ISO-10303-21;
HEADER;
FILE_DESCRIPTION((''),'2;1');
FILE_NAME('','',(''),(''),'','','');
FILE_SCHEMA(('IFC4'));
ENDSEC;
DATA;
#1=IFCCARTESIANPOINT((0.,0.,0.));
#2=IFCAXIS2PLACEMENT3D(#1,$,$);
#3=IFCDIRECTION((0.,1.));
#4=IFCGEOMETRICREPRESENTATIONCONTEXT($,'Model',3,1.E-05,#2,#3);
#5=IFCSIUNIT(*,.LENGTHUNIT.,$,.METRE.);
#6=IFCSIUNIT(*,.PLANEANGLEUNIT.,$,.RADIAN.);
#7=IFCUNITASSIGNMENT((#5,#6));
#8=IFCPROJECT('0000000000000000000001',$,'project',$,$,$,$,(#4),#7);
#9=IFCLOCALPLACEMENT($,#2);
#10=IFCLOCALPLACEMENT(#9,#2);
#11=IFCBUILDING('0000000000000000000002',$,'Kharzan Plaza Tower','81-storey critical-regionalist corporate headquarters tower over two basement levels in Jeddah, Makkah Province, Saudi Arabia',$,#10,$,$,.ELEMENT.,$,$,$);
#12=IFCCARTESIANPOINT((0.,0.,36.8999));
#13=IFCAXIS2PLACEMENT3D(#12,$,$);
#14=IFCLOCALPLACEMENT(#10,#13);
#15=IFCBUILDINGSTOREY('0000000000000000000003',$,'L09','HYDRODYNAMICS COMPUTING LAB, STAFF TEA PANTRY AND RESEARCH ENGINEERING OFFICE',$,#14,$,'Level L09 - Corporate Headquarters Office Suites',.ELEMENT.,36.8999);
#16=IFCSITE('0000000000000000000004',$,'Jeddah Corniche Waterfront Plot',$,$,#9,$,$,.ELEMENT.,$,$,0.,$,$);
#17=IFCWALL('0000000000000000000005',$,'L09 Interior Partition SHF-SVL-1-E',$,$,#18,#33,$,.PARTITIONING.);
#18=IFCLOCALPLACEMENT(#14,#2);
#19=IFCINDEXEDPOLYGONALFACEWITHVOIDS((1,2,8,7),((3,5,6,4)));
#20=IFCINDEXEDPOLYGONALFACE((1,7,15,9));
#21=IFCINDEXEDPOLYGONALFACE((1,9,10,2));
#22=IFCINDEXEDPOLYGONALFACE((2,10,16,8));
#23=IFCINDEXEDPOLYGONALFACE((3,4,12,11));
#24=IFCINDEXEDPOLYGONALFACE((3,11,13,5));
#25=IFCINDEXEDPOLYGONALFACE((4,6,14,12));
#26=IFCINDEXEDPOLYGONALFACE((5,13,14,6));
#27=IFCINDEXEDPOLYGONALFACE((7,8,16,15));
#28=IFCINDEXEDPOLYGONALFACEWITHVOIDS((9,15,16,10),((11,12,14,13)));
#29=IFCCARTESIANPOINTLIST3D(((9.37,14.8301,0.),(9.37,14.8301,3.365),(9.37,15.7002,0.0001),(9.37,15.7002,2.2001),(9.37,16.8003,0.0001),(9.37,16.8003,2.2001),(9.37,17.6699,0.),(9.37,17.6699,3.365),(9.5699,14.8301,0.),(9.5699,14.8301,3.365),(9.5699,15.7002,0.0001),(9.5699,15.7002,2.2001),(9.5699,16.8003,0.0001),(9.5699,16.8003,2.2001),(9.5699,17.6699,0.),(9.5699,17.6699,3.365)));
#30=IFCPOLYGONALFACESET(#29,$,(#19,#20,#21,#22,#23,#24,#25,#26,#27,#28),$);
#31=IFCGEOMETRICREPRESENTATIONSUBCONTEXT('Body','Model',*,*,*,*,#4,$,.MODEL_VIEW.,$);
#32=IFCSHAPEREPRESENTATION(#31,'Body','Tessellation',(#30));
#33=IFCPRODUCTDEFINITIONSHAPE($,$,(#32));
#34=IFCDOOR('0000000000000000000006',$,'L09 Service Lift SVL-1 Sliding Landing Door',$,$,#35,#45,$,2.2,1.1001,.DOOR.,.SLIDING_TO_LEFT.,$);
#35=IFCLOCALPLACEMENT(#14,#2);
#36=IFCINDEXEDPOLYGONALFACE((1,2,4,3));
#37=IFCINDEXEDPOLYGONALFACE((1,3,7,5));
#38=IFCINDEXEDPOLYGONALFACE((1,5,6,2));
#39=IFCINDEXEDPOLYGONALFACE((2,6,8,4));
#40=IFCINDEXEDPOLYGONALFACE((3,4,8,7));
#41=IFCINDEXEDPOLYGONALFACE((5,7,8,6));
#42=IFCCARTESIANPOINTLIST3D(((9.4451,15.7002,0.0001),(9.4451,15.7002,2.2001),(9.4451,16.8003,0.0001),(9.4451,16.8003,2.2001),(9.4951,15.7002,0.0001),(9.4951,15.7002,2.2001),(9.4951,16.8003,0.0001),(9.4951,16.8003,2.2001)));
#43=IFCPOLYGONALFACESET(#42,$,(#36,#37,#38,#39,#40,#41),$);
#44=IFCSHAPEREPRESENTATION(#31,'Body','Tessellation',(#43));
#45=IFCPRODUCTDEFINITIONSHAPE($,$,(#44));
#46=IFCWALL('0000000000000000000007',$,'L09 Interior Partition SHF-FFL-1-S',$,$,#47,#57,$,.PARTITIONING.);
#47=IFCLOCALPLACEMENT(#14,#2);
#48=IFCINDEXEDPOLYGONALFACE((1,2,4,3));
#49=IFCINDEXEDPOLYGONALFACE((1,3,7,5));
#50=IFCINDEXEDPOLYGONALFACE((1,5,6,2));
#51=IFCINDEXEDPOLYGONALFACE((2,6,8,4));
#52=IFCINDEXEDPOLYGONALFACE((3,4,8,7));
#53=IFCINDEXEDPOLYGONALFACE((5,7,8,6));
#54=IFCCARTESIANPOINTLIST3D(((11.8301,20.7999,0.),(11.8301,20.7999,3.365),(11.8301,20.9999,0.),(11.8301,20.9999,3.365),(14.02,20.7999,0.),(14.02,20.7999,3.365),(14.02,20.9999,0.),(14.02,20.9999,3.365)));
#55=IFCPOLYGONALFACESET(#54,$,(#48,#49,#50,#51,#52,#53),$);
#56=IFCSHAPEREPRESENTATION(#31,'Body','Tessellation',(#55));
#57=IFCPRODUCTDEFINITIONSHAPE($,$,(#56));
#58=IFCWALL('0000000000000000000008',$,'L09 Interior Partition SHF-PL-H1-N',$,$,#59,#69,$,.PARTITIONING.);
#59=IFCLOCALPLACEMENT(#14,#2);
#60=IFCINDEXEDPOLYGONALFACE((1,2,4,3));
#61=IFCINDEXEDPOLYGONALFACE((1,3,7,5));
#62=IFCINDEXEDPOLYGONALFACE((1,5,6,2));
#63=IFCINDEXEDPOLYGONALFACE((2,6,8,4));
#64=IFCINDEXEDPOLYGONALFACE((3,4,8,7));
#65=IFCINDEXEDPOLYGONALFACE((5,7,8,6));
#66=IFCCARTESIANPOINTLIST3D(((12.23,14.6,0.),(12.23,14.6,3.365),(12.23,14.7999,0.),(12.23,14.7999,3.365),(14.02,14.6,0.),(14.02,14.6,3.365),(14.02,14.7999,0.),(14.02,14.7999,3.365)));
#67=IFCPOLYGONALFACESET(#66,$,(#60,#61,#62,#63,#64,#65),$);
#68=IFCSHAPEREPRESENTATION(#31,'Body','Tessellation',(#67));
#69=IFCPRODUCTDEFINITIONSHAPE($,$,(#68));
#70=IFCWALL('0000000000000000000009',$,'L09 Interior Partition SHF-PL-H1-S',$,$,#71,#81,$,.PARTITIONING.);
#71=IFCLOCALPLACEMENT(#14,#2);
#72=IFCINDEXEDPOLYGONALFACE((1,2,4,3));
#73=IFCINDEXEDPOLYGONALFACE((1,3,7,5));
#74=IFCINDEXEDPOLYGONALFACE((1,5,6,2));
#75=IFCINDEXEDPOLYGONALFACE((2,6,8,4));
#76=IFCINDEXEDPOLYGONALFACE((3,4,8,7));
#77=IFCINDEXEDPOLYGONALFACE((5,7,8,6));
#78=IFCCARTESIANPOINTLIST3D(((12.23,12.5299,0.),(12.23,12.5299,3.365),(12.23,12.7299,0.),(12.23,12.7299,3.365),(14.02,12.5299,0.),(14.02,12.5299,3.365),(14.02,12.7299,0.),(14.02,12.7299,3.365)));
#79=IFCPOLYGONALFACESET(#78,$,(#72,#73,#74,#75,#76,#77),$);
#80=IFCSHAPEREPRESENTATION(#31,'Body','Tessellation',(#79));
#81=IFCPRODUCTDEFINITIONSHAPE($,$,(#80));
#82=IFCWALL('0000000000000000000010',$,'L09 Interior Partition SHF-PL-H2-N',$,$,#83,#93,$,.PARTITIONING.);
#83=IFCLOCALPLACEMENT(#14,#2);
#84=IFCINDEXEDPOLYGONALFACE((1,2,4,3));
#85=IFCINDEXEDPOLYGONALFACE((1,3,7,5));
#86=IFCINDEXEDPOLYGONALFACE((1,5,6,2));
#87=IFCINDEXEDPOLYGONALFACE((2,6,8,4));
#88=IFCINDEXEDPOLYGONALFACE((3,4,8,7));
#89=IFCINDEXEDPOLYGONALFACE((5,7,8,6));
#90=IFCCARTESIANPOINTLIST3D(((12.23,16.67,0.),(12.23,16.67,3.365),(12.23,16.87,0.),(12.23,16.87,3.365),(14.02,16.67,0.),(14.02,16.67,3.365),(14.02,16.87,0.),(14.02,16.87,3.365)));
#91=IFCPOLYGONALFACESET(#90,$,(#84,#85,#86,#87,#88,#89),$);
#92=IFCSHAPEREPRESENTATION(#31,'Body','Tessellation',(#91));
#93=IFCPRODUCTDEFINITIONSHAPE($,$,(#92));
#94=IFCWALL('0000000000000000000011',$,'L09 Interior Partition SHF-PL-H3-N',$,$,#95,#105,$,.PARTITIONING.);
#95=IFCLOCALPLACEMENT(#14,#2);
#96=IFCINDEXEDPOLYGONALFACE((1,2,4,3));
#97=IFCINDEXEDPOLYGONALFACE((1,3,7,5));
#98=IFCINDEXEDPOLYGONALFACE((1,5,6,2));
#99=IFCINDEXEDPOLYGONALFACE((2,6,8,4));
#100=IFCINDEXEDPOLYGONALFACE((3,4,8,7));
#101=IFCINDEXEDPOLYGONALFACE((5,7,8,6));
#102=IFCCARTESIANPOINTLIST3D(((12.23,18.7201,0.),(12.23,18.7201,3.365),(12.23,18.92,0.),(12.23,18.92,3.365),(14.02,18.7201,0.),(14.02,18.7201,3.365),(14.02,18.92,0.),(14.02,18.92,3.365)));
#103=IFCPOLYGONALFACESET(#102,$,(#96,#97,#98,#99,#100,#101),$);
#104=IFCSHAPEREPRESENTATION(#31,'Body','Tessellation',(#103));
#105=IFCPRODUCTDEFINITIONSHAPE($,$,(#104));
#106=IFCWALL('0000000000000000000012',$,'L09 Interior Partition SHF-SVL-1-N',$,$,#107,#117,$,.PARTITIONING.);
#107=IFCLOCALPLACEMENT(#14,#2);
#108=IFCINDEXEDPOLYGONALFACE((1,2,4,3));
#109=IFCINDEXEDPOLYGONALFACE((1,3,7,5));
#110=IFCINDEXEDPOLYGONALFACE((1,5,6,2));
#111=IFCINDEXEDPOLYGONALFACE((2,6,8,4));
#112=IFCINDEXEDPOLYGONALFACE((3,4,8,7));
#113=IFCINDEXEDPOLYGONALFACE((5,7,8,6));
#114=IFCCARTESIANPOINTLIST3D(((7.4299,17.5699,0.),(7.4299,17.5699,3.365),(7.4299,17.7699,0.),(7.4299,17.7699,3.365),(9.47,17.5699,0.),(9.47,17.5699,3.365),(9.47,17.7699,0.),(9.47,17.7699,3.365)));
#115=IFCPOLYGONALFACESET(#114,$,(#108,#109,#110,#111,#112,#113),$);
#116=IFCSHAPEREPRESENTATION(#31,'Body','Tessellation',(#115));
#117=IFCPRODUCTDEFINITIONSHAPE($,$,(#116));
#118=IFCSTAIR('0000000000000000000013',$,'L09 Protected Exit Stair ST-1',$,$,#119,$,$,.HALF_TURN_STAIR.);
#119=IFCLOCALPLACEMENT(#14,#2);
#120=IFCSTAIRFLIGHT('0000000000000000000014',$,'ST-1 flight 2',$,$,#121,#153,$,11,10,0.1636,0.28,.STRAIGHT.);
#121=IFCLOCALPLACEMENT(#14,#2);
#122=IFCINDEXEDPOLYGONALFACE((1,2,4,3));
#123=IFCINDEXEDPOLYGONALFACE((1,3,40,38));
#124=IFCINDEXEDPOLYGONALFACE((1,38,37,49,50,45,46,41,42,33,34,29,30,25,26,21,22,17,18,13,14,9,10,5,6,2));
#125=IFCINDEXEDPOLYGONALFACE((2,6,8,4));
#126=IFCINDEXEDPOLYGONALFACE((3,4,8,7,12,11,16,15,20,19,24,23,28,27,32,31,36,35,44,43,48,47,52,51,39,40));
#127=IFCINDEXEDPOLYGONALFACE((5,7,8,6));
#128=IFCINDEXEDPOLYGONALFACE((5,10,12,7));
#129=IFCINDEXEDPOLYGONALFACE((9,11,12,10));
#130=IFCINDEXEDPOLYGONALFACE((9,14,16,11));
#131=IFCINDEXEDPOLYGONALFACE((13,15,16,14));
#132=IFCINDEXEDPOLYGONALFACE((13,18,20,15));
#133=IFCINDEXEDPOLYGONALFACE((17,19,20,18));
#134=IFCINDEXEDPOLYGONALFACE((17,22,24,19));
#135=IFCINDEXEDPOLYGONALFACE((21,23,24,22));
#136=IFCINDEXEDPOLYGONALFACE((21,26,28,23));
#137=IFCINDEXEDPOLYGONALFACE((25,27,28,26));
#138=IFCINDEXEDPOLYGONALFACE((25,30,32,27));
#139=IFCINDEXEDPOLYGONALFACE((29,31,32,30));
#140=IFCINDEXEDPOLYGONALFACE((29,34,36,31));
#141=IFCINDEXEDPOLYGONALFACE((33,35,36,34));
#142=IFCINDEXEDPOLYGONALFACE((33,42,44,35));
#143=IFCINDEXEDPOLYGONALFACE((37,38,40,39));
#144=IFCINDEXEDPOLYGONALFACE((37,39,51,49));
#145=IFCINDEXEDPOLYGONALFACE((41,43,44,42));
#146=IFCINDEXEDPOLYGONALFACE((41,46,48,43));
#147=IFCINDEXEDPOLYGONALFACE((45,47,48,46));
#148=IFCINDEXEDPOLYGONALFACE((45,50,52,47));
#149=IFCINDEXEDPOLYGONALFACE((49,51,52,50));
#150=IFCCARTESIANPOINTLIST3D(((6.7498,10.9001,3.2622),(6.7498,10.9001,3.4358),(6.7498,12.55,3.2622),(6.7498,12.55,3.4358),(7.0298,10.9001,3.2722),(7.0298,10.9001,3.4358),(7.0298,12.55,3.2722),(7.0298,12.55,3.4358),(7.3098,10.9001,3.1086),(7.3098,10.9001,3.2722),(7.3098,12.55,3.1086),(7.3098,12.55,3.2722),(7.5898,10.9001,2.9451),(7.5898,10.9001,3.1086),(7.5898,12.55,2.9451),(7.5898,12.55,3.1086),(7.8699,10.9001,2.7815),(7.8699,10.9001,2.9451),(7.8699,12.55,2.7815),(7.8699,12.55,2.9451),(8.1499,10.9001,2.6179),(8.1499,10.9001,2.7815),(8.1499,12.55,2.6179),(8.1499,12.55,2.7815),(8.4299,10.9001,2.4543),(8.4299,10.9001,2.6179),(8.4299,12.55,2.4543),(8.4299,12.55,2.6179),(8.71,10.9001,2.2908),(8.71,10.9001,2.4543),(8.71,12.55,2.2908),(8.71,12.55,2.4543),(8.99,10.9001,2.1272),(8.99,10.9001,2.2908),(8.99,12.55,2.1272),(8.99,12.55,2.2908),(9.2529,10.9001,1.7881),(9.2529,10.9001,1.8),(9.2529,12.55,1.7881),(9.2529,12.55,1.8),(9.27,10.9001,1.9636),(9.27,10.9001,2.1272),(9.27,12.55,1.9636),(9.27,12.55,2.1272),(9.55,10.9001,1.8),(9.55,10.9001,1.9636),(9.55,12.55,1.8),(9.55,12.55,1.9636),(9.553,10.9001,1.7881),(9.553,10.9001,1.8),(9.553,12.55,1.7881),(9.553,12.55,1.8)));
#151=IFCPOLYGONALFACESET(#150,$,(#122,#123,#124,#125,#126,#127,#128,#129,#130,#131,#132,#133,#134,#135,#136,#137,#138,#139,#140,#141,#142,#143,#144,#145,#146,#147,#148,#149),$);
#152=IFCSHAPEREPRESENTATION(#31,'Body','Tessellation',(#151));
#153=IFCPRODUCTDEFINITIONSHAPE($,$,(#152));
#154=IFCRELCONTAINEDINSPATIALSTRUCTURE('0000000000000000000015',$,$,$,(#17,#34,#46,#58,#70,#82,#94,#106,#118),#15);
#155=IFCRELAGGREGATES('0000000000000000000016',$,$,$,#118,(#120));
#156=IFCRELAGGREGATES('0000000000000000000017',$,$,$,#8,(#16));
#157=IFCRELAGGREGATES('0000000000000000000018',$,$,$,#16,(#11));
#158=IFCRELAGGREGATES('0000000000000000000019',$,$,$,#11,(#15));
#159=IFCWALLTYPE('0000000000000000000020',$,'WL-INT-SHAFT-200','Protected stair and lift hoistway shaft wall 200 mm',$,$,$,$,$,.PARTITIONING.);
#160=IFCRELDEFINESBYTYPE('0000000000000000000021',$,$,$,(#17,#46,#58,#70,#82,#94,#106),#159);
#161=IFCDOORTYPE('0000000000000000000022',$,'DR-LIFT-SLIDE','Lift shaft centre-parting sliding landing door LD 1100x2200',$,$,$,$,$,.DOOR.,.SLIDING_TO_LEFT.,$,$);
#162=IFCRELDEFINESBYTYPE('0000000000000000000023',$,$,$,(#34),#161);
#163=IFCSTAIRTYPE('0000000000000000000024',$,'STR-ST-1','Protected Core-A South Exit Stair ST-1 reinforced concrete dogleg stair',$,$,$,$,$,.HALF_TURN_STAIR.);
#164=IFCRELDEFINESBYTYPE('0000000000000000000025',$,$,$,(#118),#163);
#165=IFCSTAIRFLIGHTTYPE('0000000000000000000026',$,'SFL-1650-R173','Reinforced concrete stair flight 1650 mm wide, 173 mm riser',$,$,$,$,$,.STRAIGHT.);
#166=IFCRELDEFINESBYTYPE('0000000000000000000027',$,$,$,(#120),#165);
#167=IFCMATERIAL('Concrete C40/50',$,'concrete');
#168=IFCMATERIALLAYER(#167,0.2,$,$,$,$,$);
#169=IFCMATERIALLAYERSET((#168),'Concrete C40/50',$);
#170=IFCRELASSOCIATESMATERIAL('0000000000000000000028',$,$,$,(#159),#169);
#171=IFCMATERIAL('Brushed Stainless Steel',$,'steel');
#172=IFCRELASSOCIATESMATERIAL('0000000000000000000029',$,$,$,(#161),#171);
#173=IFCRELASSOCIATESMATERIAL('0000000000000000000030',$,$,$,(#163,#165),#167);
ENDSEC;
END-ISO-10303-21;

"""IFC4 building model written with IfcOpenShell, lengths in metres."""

from ifc_helpers import new_model, si_unit, direction, frame, frame_2d, origin, place, context, subcontext, project, spatial, polyline, rectangle, outline, extrude, source, transform, mapped, material, layer, layer_set, type_object, element, fill, aggregate, save


model = new_model("IFC4")

# Units and contexts
model_context = context("Model", 3, precision=1e-05, world=origin(), true_north=direction((0.0, 1.0)))
body_context = subcontext(model_context, "Body", "Model", "MODEL_VIEW")
ifc_project = project(units=[si_unit("LENGTHUNIT", "METRE"), si_unit("PLANEANGLEUNIT", "RADIAN")], contexts=[model_context])

# Site, building, storey
site_placement = place(None, origin())
site = spatial("IfcSite", under=ifc_project, at=site_placement, Name="Jeddah Corniche Waterfront Plot", CompositionType="ELEMENT", RefElevation=0.0)
building_placement = place(site_placement, origin())
building = spatial("IfcBuilding", under=site, at=building_placement, Name="Kharzan Plaza Tower", Description="81-storey critical-regionalist corporate headquarters tower over two basement levels in Jeddah, Makkah Province, Saudi Arabia", CompositionType="ELEMENT")
storey_placement = place(building_placement, frame((0.0, 0.0, 36.8999)))
storey = spatial("IfcBuildingStorey", under=building, at=storey_placement, Name="L09", Description="HYDRODYNAMICS COMPUTING LAB, STAFF TEA PANTRY AND RESEARCH ENGINEERING OFFICE", LongName="Level L09 - Corporate Headquarters Office Suites", CompositionType="ELEMENT", Elevation=36.8999)

# Wall, opening, door
ifc_material_1 = material(Name="Concrete C40/50", Category="concrete")
ifc_layer_1 = layer(ifc_material_1, 0.2)
ifc_layer_set_1 = layer_set([ifc_layer_1], Name="Concrete C40/50")
wall_type = type_object("IfcWallType", Name="WL-INT-SHAFT-200", Description="Protected stair and lift hoistway shaft wall 200 mm", PredefinedType="PARTITIONING", material=ifc_layer_set_1)
ifc_material_2 = material(Name="Brushed Stainless Steel", Category="steel")
door_type = type_object("IfcDoorType", Name="DR-LIFT-SLIDE", Description="Lift shaft centre-parting sliding landing door LD 1100x2200", OperationType="SLIDING_TO_LEFT", PredefinedType="DOOR", material=ifc_material_2)
shared_shape_1 = source(origin(), body_context, "Body", "SweptSolid", [
    extrude(rectangle(XDim=1.1001, YDim=2.2, at=frame_2d((0.55, 1.1001))), frame((0.0, 0.0249, 0.0), z_axis=(0.0, -1.0, 0.0), x_axis=(1.0, 0.0, 0.0)), (0.0, 0.0, 1.0), 0.05),
])
wall_1_placement = place(storey_placement, frame((9.47, 14.8301, 0.0), z_axis=(0.0, 0.0, 1.0), x_axis=(0.0, 1.0, 0.0)))
wall_1 = element("IfcWall", 1, at=wall_1_placement, inside=storey, type_object=wall_type, Name="L09 Interior Partition SHF-SVL-1-E", PredefinedType="PARTITIONING", context=body_context, shape_type="SweptSolid", body=[
    extrude(rectangle(XDim=2.8398, YDim=0.2, at=frame_2d((1.4199, 0.0))), origin(), (0.0, 0.0, 1.0), 3.365),
])
opening_1_placement = place(wall_1_placement, frame((0.8701, 0.0, 0.0)))
opening_1 = element("IfcOpeningElement", 2, at=opening_1_placement, cuts=wall_1, PredefinedType="OPENING", context=body_context, shape_type="SweptSolid", body=[
    extrude(rectangle(XDim=1.1001, YDim=2.2, at=frame_2d((0.55, 1.1001))), frame((0.0, 0.1099, 0.0), z_axis=(0.0, -1.0, 0.0), x_axis=(1.0, 0.0, 0.0)), (0.0, 0.0, 1.0), 0.22),
])
door_1_placement = place(opening_1_placement, origin())
door_1 = element("IfcDoor", 3, at=door_1_placement, inside=storey, type_object=door_type, Name="L09 Service Lift SVL-1 Sliding Landing Door", OperationType="SLIDING_TO_LEFT", OverallHeight=2.2, OverallWidth=1.1001, PredefinedType="DOOR", context=body_context, shape_type="MappedRepresentation", body=[
    mapped(shared_shape_1, transform((0.0, 0.0, 0.0), x_axis=(1.0, 0.0, 0.0), y_axis=(0.0, 1.0, 0.0), z_axis=(0.0, 0.0, 1.0))),
])
fill(opening_1, door_1)

# Walls
shared_shape_2 = source(origin(), body_context, "Body", "SweptSolid", [
    extrude(rectangle(XDim=2.1899, YDim=0.2, at=frame_2d((1.095, 0.0))), origin(), (0.0, 0.0, 1.0), 3.365),
])
wall_2_placement = place(storey_placement, frame((11.8301, 20.8999, 0.0), z_axis=(0.0, 0.0, 1.0), x_axis=(1.0, 0.0, 0.0)))
element("IfcWall", 4, at=wall_2_placement, inside=storey, type_object=wall_type, Name="L09 Interior Partition SHF-FFL-1-S", PredefinedType="PARTITIONING", context=body_context, shape_type="MappedRepresentation", body=[
    mapped(shared_shape_2, transform((0.0, 0.0, 0.0), x_axis=(1.0, 0.0, 0.0), y_axis=(0.0, 1.0, 0.0), z_axis=(0.0, 0.0, 1.0))),
])
shared_shape_3 = source(origin(), body_context, "Body", "SweptSolid", [
    extrude(rectangle(XDim=1.79, YDim=0.2, at=frame_2d((0.895, 0.0))), origin(), (0.0, 0.0, 1.0), 3.365),
])
for number, where, z_axis, x_axis, name in (
    (5, (12.23, 14.7, 0.0), (0.0, 0.0, 1.0), (1.0, 0.0, 0.0), "L09 Interior Partition SHF-PL-H1-N"),
    (6, (12.23, 12.6299, 0.0), (0.0, 0.0, 1.0), (1.0, 0.0, 0.0), "L09 Interior Partition SHF-PL-H1-S"),
    (7, (12.23, 16.77, 0.0), (0.0, 0.0, 1.0), (1.0, 0.0, 0.0), "L09 Interior Partition SHF-PL-H2-N"),
    (8, (12.23, 18.8201, 0.0), (0.0, 0.0, 1.0), (1.0, 0.0, 0.0), "L09 Interior Partition SHF-PL-H3-N"),
):
    element("IfcWall", number, at=place(storey_placement, frame(where, z_axis=z_axis, x_axis=x_axis)), inside=storey, type_object=wall_type, Name=name, PredefinedType="PARTITIONING", context=body_context, shape_type="MappedRepresentation", body=[
        mapped(shared_shape_3, transform((0.0, 0.0, 0.0), x_axis=(1.0, 0.0, 0.0), y_axis=(0.0, 1.0, 0.0), z_axis=(0.0, 0.0, 1.0))),
    ])
shared_shape_4 = source(origin(), body_context, "Body", "SweptSolid", [
    extrude(rectangle(XDim=2.04, YDim=0.2, at=frame_2d((1.02, 0.0))), origin(), (0.0, 0.0, 1.0), 3.365),
])
wall_3_placement = place(storey_placement, frame((7.4299, 17.6699, 0.0), z_axis=(0.0, 0.0, 1.0), x_axis=(1.0, 0.0, 0.0)))
element("IfcWall", 9, at=wall_3_placement, inside=storey, type_object=wall_type, Name="L09 Interior Partition SHF-SVL-1-N", PredefinedType="PARTITIONING", context=body_context, shape_type="MappedRepresentation", body=[
    mapped(shared_shape_4, transform((0.0, 0.0, 0.0), x_axis=(1.0, 0.0, 0.0), y_axis=(0.0, 1.0, 0.0), z_axis=(0.0, 0.0, 1.0))),
])

# Stair, stair flight
stair_type = type_object("IfcStairType", Name="STR-ST-1", Description="Protected Core-A South Exit Stair ST-1 reinforced concrete dogleg stair", PredefinedType="HALF_TURN_STAIR", material=ifc_material_1)
stair_placement = place(storey_placement, origin())
stair = element("IfcStair", 10, at=stair_placement, inside=storey, type_object=stair_type, Name="L09 Protected Exit Stair ST-1", PredefinedType="HALF_TURN_STAIR")
stair_flight_type = type_object("IfcStairFlightType", Name="SFL-1650-R173", Description="Reinforced concrete stair flight 1650 mm wide, 173 mm riser", PredefinedType="STRAIGHT", material=ifc_material_1)
shared_shape_5 = source(origin(), body_context, "Body", "SweptSolid", [
    extrude(outline(polyline([(-0.0029, -0.012), (-0.0029, 0.0), (0.0, 0.0), (0.0, 0.1636), (0.28, 0.1636), (0.28, 0.3271), (0.5601, 0.3271), (0.5601, 0.4907), (0.8401, 0.4907), (0.8401, 0.6543), (1.1201, 0.6543), (1.1201, 0.8179), (1.4001, 0.8179), (1.4001, 0.9814), (1.6802, 0.9814), (1.6802, 1.145), (1.9602, 1.145), (1.9602, 1.3086), (2.2402, 1.3086), (2.2402, 1.4722), (2.5203, 1.4722), (2.5203, 1.6357), (2.8003, 1.6357), (2.8003, 1.7993), (2.8003, 1.4622), (0.2971, 0.0), (0.2971, -0.012), (-0.0029, -0.012)])), frame((0.0, 0.825, 0.0), z_axis=(0.0, -1.0, 0.0), x_axis=(1.0, 0.0, 0.0)), (0.0, 0.0, 1.0), 1.6499),
])
stair_flight_placement = place(storey_placement, frame((9.55, 11.7251, 1.8), z_axis=(0.0, 0.0, 1.0), x_axis=(-1.0, 0.0, 0.0)))
stair_flight = element("IfcStairFlight", 11, at=stair_flight_placement, type_object=stair_flight_type, Name="ST-1 flight 2", NumberOfRisers=11, NumberOfTreads=10, PredefinedType="STRAIGHT", RiserHeight=0.1636, TreadLength=0.28, context=body_context, shape_type="MappedRepresentation", body=[
    mapped(shared_shape_5, transform((0.0, 0.0, 0.0), x_axis=(1.0, 0.0, 0.0), y_axis=(0.0, 1.0, 0.0), z_axis=(0.0, 0.0, 1.0))),
])
aggregate(stair, [stair_flight])

save(model, "model.ifc")
